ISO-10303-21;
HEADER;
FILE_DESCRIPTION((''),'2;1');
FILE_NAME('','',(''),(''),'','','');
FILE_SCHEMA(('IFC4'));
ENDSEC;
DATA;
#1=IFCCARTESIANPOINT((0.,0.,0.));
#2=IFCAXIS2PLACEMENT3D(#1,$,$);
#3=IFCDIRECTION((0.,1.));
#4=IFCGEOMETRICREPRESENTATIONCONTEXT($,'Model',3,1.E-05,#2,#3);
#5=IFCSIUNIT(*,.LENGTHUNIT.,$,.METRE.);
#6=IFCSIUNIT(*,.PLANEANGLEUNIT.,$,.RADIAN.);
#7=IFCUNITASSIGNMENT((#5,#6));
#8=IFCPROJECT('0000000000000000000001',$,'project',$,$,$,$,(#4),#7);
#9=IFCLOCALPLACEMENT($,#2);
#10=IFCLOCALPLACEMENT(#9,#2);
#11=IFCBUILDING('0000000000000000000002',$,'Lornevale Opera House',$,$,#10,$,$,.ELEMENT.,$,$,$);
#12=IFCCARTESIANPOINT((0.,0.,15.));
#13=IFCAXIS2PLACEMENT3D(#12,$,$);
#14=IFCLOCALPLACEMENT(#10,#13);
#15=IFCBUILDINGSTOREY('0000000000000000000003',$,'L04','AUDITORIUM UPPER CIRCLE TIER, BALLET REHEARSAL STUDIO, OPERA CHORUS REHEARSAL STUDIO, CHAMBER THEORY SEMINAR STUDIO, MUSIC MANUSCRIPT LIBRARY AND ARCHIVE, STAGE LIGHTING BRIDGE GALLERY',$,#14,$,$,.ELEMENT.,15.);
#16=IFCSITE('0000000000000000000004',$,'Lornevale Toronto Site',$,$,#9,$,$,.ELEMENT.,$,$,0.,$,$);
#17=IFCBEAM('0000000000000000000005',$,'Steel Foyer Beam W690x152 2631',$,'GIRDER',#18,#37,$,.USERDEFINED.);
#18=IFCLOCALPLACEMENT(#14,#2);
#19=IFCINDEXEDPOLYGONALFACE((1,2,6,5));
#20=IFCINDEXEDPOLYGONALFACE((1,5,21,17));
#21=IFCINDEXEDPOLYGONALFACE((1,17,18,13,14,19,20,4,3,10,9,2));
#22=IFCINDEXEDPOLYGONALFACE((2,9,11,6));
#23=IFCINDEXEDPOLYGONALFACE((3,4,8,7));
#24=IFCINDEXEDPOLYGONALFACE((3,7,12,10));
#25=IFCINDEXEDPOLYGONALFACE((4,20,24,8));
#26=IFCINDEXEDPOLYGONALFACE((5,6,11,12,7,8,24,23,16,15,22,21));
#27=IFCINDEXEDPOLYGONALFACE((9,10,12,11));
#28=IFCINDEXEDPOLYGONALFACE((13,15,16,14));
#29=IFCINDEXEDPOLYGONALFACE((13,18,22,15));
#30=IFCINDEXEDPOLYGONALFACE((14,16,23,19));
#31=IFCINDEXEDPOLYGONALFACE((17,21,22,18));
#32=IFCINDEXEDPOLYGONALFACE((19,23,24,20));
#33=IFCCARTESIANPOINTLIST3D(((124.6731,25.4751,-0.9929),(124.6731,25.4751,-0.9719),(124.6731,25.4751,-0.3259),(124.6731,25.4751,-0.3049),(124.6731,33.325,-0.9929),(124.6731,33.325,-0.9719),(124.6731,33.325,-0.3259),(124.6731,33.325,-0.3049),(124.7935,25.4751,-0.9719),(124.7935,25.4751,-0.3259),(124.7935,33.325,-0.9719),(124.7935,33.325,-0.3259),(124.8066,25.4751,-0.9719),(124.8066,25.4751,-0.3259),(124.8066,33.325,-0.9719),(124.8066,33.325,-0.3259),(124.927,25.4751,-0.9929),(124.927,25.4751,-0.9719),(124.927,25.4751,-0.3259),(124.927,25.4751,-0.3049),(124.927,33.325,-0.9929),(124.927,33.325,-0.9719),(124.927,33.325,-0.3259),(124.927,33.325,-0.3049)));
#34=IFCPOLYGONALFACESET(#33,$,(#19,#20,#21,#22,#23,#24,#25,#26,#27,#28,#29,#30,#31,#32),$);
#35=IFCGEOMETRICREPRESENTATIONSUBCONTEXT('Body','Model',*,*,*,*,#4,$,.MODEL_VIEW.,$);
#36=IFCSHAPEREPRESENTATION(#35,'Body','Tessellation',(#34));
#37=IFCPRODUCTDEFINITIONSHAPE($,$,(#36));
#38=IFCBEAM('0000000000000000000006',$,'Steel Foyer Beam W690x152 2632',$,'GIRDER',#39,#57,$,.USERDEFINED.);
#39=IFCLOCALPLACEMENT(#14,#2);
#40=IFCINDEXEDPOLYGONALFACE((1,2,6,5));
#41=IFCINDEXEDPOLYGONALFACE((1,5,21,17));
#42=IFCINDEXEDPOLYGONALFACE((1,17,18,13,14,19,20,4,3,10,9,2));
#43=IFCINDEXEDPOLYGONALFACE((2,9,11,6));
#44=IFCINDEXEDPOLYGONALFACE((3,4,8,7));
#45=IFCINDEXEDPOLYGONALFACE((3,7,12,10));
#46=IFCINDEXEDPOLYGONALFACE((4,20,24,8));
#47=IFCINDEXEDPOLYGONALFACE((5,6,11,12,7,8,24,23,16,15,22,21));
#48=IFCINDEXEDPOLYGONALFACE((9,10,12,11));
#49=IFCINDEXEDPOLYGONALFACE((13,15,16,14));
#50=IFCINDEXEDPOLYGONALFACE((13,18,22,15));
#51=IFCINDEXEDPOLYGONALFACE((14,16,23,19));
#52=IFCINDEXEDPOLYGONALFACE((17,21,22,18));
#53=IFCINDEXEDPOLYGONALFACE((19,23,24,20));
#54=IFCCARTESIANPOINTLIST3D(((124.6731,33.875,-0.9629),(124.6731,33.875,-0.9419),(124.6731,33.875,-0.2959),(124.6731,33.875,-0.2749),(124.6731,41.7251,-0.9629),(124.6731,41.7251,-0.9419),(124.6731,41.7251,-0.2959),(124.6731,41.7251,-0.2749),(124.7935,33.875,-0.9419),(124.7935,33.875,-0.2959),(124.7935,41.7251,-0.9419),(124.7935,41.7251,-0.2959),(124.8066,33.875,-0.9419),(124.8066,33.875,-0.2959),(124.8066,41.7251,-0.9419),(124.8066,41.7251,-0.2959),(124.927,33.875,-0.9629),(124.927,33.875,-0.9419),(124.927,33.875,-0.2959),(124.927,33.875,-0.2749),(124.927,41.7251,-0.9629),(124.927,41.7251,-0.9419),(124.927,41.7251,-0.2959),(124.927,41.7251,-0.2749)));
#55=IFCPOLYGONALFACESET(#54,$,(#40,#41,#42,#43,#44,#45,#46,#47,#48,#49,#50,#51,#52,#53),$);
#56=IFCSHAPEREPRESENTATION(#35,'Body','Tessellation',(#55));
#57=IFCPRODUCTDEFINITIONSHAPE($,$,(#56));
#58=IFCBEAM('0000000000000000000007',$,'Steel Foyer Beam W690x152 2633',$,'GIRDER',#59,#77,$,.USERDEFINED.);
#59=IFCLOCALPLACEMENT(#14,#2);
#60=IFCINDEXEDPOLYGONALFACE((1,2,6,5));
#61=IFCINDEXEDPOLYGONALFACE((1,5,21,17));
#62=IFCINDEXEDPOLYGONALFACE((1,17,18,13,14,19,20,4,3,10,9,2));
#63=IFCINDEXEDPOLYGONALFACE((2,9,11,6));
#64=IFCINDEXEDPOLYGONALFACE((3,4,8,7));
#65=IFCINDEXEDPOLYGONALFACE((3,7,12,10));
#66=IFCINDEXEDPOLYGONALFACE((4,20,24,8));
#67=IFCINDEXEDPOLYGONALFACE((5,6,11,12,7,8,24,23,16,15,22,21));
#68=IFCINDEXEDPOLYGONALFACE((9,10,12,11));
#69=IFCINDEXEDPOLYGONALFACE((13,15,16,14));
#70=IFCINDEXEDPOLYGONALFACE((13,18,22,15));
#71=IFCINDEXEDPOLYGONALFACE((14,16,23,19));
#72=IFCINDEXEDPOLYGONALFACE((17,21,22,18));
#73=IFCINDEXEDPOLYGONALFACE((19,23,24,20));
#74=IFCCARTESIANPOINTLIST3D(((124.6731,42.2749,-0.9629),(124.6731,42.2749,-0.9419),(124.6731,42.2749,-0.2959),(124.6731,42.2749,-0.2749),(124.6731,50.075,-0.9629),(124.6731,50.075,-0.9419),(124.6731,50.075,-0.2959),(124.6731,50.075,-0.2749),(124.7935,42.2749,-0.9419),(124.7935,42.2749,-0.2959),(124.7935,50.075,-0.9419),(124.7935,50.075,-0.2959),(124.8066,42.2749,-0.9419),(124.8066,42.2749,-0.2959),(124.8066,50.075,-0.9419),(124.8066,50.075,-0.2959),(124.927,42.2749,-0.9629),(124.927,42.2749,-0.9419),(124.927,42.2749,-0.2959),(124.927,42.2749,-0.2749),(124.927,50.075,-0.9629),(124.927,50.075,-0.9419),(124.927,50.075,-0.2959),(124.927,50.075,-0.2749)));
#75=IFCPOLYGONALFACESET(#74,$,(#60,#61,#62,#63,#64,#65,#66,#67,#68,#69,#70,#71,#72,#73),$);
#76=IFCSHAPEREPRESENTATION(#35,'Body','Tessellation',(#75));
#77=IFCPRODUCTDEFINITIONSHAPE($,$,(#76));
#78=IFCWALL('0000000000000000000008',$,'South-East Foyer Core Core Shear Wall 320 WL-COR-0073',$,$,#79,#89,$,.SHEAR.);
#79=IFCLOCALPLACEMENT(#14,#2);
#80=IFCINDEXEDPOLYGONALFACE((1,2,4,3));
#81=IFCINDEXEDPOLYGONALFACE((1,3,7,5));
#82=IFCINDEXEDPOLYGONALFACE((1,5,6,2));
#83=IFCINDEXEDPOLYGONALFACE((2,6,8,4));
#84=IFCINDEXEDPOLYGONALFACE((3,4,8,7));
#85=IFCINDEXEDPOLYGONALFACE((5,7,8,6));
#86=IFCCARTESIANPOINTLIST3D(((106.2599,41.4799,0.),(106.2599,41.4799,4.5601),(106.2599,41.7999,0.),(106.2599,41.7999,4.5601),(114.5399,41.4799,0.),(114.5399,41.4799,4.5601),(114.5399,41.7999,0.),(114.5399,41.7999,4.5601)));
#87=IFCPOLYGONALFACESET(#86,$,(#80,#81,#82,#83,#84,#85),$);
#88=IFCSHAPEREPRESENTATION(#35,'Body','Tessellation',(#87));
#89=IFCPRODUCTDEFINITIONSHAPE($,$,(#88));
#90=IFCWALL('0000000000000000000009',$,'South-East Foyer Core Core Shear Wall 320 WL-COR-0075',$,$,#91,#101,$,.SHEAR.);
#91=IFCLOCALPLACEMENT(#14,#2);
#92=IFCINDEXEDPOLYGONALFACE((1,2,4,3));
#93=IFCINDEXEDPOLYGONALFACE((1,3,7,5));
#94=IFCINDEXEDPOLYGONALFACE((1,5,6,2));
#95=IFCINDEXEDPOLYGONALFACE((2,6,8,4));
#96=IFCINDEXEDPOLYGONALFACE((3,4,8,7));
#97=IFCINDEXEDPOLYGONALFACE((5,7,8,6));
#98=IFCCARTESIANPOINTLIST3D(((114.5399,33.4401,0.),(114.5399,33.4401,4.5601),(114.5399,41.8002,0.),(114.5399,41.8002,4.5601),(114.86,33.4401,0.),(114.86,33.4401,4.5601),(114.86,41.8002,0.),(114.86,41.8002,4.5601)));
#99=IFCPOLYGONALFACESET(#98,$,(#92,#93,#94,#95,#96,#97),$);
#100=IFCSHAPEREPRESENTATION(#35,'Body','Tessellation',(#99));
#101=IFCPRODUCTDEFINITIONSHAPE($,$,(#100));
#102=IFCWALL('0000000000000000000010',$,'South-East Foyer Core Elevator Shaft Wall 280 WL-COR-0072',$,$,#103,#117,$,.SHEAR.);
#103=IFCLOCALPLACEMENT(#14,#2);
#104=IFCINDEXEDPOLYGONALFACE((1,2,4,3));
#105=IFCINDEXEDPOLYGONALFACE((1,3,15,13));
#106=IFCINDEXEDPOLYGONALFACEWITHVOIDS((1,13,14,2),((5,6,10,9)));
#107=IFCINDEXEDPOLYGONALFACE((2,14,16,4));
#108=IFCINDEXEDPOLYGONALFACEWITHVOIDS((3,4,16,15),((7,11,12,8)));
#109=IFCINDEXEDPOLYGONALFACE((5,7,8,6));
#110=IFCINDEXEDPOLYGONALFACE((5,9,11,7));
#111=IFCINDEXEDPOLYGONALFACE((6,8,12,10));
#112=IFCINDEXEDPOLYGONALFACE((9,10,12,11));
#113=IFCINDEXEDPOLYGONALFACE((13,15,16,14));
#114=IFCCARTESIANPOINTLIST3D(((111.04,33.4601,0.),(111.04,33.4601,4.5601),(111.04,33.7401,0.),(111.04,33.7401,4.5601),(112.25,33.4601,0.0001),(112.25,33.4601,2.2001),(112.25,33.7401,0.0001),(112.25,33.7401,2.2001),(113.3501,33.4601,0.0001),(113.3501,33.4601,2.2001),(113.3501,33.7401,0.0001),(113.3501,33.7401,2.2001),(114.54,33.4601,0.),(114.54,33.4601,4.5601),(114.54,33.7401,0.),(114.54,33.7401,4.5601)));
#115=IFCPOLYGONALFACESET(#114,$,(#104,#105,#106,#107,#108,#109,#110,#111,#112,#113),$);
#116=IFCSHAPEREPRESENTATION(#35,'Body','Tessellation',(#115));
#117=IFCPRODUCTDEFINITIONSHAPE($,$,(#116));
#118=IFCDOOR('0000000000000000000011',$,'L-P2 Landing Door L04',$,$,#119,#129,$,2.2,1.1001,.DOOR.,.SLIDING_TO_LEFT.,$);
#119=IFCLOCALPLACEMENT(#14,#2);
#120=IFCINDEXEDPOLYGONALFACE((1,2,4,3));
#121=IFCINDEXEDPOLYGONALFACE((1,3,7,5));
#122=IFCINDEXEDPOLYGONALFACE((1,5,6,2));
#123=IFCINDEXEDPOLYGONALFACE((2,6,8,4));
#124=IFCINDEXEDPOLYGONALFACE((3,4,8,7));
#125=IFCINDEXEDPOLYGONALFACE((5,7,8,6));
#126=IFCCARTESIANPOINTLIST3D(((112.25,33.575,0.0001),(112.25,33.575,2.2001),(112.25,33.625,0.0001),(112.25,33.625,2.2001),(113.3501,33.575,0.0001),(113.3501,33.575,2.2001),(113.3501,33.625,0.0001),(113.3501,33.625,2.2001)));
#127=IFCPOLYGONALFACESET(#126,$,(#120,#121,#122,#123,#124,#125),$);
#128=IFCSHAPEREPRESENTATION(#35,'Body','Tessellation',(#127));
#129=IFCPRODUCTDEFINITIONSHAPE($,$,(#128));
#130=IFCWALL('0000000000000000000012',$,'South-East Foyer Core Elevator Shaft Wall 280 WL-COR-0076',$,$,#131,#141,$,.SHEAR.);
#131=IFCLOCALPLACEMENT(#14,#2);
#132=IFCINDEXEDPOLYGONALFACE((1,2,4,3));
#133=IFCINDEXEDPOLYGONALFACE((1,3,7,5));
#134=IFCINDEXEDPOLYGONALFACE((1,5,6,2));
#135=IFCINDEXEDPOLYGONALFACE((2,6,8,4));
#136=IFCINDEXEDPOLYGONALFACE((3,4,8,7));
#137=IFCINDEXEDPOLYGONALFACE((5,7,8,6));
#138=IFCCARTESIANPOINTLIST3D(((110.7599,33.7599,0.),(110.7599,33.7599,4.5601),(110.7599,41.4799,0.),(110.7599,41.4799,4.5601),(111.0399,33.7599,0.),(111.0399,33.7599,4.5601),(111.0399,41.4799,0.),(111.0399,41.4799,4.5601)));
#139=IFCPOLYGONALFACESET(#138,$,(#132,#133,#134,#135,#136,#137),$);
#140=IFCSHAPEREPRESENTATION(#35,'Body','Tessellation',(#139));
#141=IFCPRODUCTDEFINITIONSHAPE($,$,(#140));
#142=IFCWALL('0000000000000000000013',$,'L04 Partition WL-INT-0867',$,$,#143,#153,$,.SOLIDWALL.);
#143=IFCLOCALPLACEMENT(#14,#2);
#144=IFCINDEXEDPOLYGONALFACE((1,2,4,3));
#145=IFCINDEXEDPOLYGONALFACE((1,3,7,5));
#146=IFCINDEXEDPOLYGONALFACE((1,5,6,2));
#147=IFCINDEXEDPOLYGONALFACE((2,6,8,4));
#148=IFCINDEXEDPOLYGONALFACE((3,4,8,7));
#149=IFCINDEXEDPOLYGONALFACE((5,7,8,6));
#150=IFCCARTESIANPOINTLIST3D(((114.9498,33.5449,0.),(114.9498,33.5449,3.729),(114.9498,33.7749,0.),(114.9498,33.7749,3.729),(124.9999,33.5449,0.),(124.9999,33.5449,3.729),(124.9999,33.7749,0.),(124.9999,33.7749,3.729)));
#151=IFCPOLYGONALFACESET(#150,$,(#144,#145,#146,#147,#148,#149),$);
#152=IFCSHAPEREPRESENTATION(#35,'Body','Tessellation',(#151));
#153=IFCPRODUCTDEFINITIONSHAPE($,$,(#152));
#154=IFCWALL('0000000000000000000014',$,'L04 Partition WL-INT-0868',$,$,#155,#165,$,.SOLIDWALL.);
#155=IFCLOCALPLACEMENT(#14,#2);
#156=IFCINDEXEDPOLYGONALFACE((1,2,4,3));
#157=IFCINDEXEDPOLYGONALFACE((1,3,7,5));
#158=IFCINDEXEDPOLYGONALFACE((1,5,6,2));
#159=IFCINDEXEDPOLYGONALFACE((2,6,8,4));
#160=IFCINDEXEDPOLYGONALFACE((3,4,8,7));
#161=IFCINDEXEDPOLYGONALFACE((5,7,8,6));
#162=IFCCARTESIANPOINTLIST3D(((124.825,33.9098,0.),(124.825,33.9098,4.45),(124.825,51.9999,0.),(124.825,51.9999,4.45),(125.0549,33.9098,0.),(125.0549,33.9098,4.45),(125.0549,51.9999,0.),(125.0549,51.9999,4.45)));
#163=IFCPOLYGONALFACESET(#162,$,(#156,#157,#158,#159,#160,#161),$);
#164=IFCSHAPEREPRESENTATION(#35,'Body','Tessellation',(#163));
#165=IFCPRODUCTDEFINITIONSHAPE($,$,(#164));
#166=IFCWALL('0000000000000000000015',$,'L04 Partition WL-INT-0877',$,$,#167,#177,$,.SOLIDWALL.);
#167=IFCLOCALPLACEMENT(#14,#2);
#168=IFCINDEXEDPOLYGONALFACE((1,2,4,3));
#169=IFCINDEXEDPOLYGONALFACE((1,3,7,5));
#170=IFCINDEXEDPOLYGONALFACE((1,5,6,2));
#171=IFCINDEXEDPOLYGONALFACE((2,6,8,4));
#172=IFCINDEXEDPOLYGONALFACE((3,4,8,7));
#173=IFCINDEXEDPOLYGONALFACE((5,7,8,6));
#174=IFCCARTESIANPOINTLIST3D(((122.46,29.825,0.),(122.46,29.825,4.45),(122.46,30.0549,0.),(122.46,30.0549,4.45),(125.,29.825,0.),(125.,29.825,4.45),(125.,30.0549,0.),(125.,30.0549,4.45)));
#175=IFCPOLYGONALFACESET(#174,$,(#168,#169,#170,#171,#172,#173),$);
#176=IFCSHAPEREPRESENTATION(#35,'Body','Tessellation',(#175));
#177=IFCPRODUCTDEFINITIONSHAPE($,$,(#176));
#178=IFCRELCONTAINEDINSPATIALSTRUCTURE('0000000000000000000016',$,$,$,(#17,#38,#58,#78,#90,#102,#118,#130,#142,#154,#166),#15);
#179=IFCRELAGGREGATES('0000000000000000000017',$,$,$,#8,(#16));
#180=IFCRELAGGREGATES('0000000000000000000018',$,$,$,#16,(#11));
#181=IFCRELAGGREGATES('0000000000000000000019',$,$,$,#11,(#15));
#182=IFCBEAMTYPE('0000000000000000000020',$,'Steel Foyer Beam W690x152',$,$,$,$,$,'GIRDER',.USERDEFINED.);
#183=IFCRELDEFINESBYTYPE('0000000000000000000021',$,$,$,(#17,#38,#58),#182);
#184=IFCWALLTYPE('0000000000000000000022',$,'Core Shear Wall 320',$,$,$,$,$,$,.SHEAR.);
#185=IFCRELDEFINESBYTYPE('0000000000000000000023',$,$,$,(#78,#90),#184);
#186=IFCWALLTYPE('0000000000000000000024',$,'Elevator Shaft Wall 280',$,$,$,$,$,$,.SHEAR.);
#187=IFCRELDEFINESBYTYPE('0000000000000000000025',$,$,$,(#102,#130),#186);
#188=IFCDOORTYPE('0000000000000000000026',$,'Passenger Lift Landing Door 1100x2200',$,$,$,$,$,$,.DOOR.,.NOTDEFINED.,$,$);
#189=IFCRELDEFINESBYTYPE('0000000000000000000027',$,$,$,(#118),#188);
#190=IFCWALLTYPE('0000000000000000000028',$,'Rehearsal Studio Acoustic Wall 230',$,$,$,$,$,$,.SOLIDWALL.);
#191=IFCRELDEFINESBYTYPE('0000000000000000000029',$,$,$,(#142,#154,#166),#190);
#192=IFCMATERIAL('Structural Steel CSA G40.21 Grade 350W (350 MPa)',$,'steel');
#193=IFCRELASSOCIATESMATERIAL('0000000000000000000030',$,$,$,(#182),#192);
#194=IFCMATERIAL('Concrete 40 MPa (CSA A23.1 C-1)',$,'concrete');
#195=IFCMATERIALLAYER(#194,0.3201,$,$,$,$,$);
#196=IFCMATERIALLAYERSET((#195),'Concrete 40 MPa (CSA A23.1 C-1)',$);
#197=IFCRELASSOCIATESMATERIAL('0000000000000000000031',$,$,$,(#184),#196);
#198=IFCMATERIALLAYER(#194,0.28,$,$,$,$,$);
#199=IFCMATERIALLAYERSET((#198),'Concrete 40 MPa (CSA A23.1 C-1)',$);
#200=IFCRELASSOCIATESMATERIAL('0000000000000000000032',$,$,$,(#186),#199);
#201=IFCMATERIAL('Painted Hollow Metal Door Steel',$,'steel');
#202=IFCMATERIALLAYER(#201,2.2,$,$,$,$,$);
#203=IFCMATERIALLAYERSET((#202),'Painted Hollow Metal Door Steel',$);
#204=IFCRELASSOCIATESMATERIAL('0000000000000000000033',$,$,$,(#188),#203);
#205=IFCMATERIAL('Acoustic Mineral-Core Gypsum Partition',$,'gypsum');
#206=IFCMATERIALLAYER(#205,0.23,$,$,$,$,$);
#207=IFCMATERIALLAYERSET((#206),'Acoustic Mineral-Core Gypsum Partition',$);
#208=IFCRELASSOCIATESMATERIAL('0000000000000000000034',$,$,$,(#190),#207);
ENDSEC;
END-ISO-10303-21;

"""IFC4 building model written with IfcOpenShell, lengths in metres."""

from ifc_helpers import new_model, si_unit, direction, frame, frame_2d, origin, origin_2d, place, context, subcontext, project, spatial, rectangle, i_section, extrude, material, layer, layer_set, material_profile, profile_set, type_object, element, fill, save


model = new_model("IFC4")

# Units and contexts
model_context = context("Model", 3, precision=1e-05, world=origin(), true_north=direction((0.0, 1.0)))
body_context = subcontext(model_context, "Body", "Model", "MODEL_VIEW")
ifc_project = project(units=[si_unit("LENGTHUNIT", "METRE"), si_unit("PLANEANGLEUNIT", "RADIAN")], contexts=[model_context])

# Site, building, storey
site_placement = place(None, origin())
site = spatial("IfcSite", under=ifc_project, at=site_placement, Name="Lornevale Toronto Site", CompositionType="ELEMENT", RefElevation=0.0)
building_placement = place(site_placement, origin())
building = spatial("IfcBuilding", under=site, at=building_placement, Name="Lornevale Opera House", CompositionType="ELEMENT")
storey_placement = place(building_placement, frame((0.0, 0.0, 15.0)))
storey = spatial("IfcBuildingStorey", under=building, at=storey_placement, Name="L04", Description="AUDITORIUM UPPER CIRCLE TIER, BALLET REHEARSAL STUDIO, OPERA CHORUS REHEARSAL STUDIO, CHAMBER THEORY SEMINAR STUDIO, MUSIC MANUSCRIPT LIBRARY AND ARCHIVE, STAGE LIGHTING BRIDGE GALLERY", CompositionType="ELEMENT", Elevation=15.0)

# Shared definitions
ifc_material_1 = material(Name="Structural Steel CSA G40.21 Grade 350W (350 MPa)", Category="steel")

# Beams
ifc_material_profile_1 = material_profile(ifc_material_1, i_section(OverallWidth=0.2539, OverallDepth=0.688, WebThickness=0.0132, FlangeThickness=0.021, at=origin_2d()), Name="W690x152")
ifc_profile_set_1 = profile_set([ifc_material_profile_1], Name="Structural Steel CSA G40.21 Grade 350W (350 MPa)")
beam_type_1 = type_object("IfcBeamType", Name="Steel Foyer Beam W690x152", ElementType="GIRDER", PredefinedType="USERDEFINED", material=ifc_profile_set_1)
beam_1_placement = place(storey_placement, frame((124.8, 25.4751, -0.6489), z_axis=(0.0, 1.0, 0.0), x_axis=(-1.0, 0.0, 0.0)))
element("IfcBeam", 1, at=beam_1_placement, inside=storey, type_object=beam_type_1, Name="Steel Foyer Beam W690x152 2631", ObjectType="GIRDER", PredefinedType="USERDEFINED", context=body_context, shape_type="SweptSolid", body=[
    extrude(i_section(OverallWidth=0.2539, OverallDepth=0.688, WebThickness=0.0132, FlangeThickness=0.021, at=origin_2d()), origin(), (0.0, 0.0, 1.0), 7.8499),
])
beam_2_placement = place(storey_placement, frame((124.8, 33.875, -0.6189), z_axis=(0.0, 1.0, 0.0), x_axis=(-1.0, 0.0, 0.0)))
element("IfcBeam", 2, at=beam_2_placement, inside=storey, type_object=beam_type_1, Name="Steel Foyer Beam W690x152 2632", ObjectType="GIRDER", PredefinedType="USERDEFINED", context=body_context, shape_type="SweptSolid", body=[
    extrude(i_section(OverallWidth=0.2539, OverallDepth=0.688, WebThickness=0.0132, FlangeThickness=0.021, at=origin_2d()), origin(), (0.0, 0.0, 1.0), 7.8501),
])
beam_3_placement = place(storey_placement, frame((124.8, 42.2749, -0.6189), z_axis=(0.0, 1.0, 0.0), x_axis=(-1.0, 0.0, 0.0)))
element("IfcBeam", 3, at=beam_3_placement, inside=storey, type_object=beam_type_1, Name="Steel Foyer Beam W690x152 2633", ObjectType="GIRDER", PredefinedType="USERDEFINED", context=body_context, shape_type="SweptSolid", body=[
    extrude(i_section(OverallWidth=0.2539, OverallDepth=0.688, WebThickness=0.0132, FlangeThickness=0.021, at=origin_2d()), origin(), (0.0, 0.0, 1.0), 7.8),
])

# Walls
ifc_material_2 = material(Name="Concrete 40 MPa (CSA A23.1 C-1)", Category="concrete")
ifc_layer_1 = layer(ifc_material_2, 0.3201)
ifc_layer_set_1 = layer_set([ifc_layer_1], Name="Concrete 40 MPa (CSA A23.1 C-1)")
wall_type_1 = type_object("IfcWallType", Name="Core Shear Wall 320", PredefinedType="SHEAR", material=ifc_layer_set_1)
wall_1_placement = place(storey_placement, frame((114.54, 41.6399, 0.0), z_axis=(0.0, 0.0, 1.0), x_axis=(-1.0, 0.0, 0.0)))
element("IfcWall", 4, at=wall_1_placement, inside=storey, type_object=wall_type_1, Name="South-East Foyer Core Core Shear Wall 320 WL-COR-0073", PredefinedType="SHEAR", context=body_context, shape_type="SweptSolid", body=[
    extrude(rectangle(XDim=8.28, YDim=0.3201, at=frame_2d((4.1401, 0.0))), origin(), (0.0, 0.0, 1.0), 4.5601),
])
wall_2_placement = place(storey_placement, frame((114.7, 33.4399, 0.0), z_axis=(0.0, 0.0, 1.0), x_axis=(0.0, 1.0, 0.0)))
element("IfcWall", 5, at=wall_2_placement, inside=storey, type_object=wall_type_1, Name="South-East Foyer Core Core Shear Wall 320 WL-COR-0075", PredefinedType="SHEAR", context=body_context, shape_type="SweptSolid", body=[
    extrude(rectangle(XDim=8.3601, YDim=0.3201, at=frame_2d((4.1802, 0.0))), origin(), (0.0, 0.0, 1.0), 4.5601),
])

# Wall, opening, door
ifc_layer_2 = layer(ifc_material_2, 0.28)
ifc_layer_set_2 = layer_set([ifc_layer_2], Name="Concrete 40 MPa (CSA A23.1 C-1)")
wall_type_2 = type_object("IfcWallType", Name="Elevator Shaft Wall 280", PredefinedType="SHEAR", material=ifc_layer_set_2)
wall_3_placement = place(storey_placement, frame((111.04, 33.6001, 0.0), z_axis=(0.0, 0.0, 1.0), x_axis=(1.0, 0.0, 0.0)))
wall_3 = element("IfcWall", 6, at=wall_3_placement, inside=storey, type_object=wall_type_2, Name="South-East Foyer Core Elevator Shaft Wall 280 WL-COR-0072", PredefinedType="SHEAR", context=body_context, shape_type="SweptSolid", body=[
    extrude(rectangle(XDim=3.5, YDim=0.28, at=frame_2d((1.75, 0.0))), origin(), (0.0, 0.0, 1.0), 4.5601),
])
opening_1_placement = place(wall_3_placement, frame((1.21, 0.0, 0.0)))
opening_1 = element("IfcOpeningElement", 7, at=opening_1_placement, cuts=wall_3, PredefinedType="OPENING", context=body_context, shape_type="SweptSolid", body=[
    extrude(rectangle(XDim=1.1001, YDim=2.2, at=frame_2d((0.55, 1.1001))), frame((0.0, 0.1499, 0.0), z_axis=(0.0, -1.0, 0.0), x_axis=(1.0, 0.0, 0.0)), (0.0, 0.0, 1.0), 0.3),
])
ifc_material_3 = material(Name="Painted Hollow Metal Door Steel", Category="steel")
ifc_layer_3 = layer(ifc_material_3, 2.2)
ifc_layer_set_3 = layer_set([ifc_layer_3], Name="Painted Hollow Metal Door Steel")
door_type_1 = type_object("IfcDoorType", Name="Passenger Lift Landing Door 1100x2200", OperationType="NOTDEFINED", PredefinedType="DOOR", material=ifc_layer_set_3)
door_1_placement = place(opening_1_placement, origin())
door_1 = element("IfcDoor", 8, at=door_1_placement, inside=storey, type_object=door_type_1, Name="L-P2 Landing Door L04", OperationType="SLIDING_TO_LEFT", OverallHeight=2.2, OverallWidth=1.1001, PredefinedType="DOOR", context=body_context, shape_type="SweptSolid", body=[
    extrude(rectangle(XDim=1.1001, YDim=2.2, at=frame_2d((0.55, 1.1001))), frame((0.0, 0.0249, 0.0), z_axis=(0.0, -1.0, 0.0), x_axis=(1.0, 0.0, 0.0)), (0.0, 0.0, 1.0), 0.05),
])
fill(opening_1, door_1)

# Walls
wall_4_placement = place(storey_placement, frame((110.8999, 33.76, 0.0), z_axis=(0.0, 0.0, 1.0), x_axis=(0.0, 1.0, 0.0)))
element("IfcWall", 9, at=wall_4_placement, inside=storey, type_object=wall_type_2, Name="South-East Foyer Core Elevator Shaft Wall 280 WL-COR-0076", PredefinedType="SHEAR", context=body_context, shape_type="SweptSolid", body=[
    extrude(rectangle(XDim=7.72, YDim=0.28, at=frame_2d((3.8599, 0.0))), origin(), (0.0, 0.0, 1.0), 4.5601),
])
ifc_material_4 = material(Name="Acoustic Mineral-Core Gypsum Partition", Category="gypsum")
ifc_layer_4 = layer(ifc_material_4, 0.23)
ifc_layer_set_4 = layer_set([ifc_layer_4], Name="Acoustic Mineral-Core Gypsum Partition")
wall_type_3 = type_object("IfcWallType", Name="Rehearsal Studio Acoustic Wall 230", PredefinedType="SOLIDWALL", material=ifc_layer_set_4)
wall_5_placement = place(storey_placement, frame((114.95, 33.6599, 0.0), z_axis=(0.0, 0.0, 1.0), x_axis=(1.0, 0.0, 0.0)))
element("IfcWall", 10, at=wall_5_placement, inside=storey, type_object=wall_type_3, Name="L04 Partition WL-INT-0867", PredefinedType="SOLIDWALL", context=body_context, shape_type="SweptSolid", body=[
    extrude(rectangle(XDim=10.05, YDim=0.23, at=frame_2d((5.0249, 0.0))), origin(), (0.0, 0.0, 1.0), 3.729),
])
wall_6_placement = place(storey_placement, frame((124.9399, 33.9099, 0.0), z_axis=(0.0, 0.0, 1.0), x_axis=(0.0, 1.0, 0.0)))
element("IfcWall", 11, at=wall_6_placement, inside=storey, type_object=wall_type_3, Name="L04 Partition WL-INT-0868", PredefinedType="SOLIDWALL", context=body_context, shape_type="SweptSolid", body=[
    extrude(rectangle(XDim=18.0901, YDim=0.23, at=frame_2d((9.0449, 0.0))), origin(), (0.0, 0.0, 1.0), 4.45),
])
wall_7_placement = place(storey_placement, frame((122.46, 29.9399, 0.0), z_axis=(0.0, 0.0, 1.0), x_axis=(1.0, 0.0, 0.0)))
element("IfcWall", 12, at=wall_7_placement, inside=storey, type_object=wall_type_3, Name="L04 Partition WL-INT-0877", PredefinedType="SOLIDWALL", context=body_context, shape_type="SweptSolid", body=[
    extrude(rectangle(XDim=2.54, YDim=0.23, at=frame_2d((1.27, 0.0))), origin(), (0.0, 0.0, 1.0), 4.45),
])

save(model, "model.ifc")
